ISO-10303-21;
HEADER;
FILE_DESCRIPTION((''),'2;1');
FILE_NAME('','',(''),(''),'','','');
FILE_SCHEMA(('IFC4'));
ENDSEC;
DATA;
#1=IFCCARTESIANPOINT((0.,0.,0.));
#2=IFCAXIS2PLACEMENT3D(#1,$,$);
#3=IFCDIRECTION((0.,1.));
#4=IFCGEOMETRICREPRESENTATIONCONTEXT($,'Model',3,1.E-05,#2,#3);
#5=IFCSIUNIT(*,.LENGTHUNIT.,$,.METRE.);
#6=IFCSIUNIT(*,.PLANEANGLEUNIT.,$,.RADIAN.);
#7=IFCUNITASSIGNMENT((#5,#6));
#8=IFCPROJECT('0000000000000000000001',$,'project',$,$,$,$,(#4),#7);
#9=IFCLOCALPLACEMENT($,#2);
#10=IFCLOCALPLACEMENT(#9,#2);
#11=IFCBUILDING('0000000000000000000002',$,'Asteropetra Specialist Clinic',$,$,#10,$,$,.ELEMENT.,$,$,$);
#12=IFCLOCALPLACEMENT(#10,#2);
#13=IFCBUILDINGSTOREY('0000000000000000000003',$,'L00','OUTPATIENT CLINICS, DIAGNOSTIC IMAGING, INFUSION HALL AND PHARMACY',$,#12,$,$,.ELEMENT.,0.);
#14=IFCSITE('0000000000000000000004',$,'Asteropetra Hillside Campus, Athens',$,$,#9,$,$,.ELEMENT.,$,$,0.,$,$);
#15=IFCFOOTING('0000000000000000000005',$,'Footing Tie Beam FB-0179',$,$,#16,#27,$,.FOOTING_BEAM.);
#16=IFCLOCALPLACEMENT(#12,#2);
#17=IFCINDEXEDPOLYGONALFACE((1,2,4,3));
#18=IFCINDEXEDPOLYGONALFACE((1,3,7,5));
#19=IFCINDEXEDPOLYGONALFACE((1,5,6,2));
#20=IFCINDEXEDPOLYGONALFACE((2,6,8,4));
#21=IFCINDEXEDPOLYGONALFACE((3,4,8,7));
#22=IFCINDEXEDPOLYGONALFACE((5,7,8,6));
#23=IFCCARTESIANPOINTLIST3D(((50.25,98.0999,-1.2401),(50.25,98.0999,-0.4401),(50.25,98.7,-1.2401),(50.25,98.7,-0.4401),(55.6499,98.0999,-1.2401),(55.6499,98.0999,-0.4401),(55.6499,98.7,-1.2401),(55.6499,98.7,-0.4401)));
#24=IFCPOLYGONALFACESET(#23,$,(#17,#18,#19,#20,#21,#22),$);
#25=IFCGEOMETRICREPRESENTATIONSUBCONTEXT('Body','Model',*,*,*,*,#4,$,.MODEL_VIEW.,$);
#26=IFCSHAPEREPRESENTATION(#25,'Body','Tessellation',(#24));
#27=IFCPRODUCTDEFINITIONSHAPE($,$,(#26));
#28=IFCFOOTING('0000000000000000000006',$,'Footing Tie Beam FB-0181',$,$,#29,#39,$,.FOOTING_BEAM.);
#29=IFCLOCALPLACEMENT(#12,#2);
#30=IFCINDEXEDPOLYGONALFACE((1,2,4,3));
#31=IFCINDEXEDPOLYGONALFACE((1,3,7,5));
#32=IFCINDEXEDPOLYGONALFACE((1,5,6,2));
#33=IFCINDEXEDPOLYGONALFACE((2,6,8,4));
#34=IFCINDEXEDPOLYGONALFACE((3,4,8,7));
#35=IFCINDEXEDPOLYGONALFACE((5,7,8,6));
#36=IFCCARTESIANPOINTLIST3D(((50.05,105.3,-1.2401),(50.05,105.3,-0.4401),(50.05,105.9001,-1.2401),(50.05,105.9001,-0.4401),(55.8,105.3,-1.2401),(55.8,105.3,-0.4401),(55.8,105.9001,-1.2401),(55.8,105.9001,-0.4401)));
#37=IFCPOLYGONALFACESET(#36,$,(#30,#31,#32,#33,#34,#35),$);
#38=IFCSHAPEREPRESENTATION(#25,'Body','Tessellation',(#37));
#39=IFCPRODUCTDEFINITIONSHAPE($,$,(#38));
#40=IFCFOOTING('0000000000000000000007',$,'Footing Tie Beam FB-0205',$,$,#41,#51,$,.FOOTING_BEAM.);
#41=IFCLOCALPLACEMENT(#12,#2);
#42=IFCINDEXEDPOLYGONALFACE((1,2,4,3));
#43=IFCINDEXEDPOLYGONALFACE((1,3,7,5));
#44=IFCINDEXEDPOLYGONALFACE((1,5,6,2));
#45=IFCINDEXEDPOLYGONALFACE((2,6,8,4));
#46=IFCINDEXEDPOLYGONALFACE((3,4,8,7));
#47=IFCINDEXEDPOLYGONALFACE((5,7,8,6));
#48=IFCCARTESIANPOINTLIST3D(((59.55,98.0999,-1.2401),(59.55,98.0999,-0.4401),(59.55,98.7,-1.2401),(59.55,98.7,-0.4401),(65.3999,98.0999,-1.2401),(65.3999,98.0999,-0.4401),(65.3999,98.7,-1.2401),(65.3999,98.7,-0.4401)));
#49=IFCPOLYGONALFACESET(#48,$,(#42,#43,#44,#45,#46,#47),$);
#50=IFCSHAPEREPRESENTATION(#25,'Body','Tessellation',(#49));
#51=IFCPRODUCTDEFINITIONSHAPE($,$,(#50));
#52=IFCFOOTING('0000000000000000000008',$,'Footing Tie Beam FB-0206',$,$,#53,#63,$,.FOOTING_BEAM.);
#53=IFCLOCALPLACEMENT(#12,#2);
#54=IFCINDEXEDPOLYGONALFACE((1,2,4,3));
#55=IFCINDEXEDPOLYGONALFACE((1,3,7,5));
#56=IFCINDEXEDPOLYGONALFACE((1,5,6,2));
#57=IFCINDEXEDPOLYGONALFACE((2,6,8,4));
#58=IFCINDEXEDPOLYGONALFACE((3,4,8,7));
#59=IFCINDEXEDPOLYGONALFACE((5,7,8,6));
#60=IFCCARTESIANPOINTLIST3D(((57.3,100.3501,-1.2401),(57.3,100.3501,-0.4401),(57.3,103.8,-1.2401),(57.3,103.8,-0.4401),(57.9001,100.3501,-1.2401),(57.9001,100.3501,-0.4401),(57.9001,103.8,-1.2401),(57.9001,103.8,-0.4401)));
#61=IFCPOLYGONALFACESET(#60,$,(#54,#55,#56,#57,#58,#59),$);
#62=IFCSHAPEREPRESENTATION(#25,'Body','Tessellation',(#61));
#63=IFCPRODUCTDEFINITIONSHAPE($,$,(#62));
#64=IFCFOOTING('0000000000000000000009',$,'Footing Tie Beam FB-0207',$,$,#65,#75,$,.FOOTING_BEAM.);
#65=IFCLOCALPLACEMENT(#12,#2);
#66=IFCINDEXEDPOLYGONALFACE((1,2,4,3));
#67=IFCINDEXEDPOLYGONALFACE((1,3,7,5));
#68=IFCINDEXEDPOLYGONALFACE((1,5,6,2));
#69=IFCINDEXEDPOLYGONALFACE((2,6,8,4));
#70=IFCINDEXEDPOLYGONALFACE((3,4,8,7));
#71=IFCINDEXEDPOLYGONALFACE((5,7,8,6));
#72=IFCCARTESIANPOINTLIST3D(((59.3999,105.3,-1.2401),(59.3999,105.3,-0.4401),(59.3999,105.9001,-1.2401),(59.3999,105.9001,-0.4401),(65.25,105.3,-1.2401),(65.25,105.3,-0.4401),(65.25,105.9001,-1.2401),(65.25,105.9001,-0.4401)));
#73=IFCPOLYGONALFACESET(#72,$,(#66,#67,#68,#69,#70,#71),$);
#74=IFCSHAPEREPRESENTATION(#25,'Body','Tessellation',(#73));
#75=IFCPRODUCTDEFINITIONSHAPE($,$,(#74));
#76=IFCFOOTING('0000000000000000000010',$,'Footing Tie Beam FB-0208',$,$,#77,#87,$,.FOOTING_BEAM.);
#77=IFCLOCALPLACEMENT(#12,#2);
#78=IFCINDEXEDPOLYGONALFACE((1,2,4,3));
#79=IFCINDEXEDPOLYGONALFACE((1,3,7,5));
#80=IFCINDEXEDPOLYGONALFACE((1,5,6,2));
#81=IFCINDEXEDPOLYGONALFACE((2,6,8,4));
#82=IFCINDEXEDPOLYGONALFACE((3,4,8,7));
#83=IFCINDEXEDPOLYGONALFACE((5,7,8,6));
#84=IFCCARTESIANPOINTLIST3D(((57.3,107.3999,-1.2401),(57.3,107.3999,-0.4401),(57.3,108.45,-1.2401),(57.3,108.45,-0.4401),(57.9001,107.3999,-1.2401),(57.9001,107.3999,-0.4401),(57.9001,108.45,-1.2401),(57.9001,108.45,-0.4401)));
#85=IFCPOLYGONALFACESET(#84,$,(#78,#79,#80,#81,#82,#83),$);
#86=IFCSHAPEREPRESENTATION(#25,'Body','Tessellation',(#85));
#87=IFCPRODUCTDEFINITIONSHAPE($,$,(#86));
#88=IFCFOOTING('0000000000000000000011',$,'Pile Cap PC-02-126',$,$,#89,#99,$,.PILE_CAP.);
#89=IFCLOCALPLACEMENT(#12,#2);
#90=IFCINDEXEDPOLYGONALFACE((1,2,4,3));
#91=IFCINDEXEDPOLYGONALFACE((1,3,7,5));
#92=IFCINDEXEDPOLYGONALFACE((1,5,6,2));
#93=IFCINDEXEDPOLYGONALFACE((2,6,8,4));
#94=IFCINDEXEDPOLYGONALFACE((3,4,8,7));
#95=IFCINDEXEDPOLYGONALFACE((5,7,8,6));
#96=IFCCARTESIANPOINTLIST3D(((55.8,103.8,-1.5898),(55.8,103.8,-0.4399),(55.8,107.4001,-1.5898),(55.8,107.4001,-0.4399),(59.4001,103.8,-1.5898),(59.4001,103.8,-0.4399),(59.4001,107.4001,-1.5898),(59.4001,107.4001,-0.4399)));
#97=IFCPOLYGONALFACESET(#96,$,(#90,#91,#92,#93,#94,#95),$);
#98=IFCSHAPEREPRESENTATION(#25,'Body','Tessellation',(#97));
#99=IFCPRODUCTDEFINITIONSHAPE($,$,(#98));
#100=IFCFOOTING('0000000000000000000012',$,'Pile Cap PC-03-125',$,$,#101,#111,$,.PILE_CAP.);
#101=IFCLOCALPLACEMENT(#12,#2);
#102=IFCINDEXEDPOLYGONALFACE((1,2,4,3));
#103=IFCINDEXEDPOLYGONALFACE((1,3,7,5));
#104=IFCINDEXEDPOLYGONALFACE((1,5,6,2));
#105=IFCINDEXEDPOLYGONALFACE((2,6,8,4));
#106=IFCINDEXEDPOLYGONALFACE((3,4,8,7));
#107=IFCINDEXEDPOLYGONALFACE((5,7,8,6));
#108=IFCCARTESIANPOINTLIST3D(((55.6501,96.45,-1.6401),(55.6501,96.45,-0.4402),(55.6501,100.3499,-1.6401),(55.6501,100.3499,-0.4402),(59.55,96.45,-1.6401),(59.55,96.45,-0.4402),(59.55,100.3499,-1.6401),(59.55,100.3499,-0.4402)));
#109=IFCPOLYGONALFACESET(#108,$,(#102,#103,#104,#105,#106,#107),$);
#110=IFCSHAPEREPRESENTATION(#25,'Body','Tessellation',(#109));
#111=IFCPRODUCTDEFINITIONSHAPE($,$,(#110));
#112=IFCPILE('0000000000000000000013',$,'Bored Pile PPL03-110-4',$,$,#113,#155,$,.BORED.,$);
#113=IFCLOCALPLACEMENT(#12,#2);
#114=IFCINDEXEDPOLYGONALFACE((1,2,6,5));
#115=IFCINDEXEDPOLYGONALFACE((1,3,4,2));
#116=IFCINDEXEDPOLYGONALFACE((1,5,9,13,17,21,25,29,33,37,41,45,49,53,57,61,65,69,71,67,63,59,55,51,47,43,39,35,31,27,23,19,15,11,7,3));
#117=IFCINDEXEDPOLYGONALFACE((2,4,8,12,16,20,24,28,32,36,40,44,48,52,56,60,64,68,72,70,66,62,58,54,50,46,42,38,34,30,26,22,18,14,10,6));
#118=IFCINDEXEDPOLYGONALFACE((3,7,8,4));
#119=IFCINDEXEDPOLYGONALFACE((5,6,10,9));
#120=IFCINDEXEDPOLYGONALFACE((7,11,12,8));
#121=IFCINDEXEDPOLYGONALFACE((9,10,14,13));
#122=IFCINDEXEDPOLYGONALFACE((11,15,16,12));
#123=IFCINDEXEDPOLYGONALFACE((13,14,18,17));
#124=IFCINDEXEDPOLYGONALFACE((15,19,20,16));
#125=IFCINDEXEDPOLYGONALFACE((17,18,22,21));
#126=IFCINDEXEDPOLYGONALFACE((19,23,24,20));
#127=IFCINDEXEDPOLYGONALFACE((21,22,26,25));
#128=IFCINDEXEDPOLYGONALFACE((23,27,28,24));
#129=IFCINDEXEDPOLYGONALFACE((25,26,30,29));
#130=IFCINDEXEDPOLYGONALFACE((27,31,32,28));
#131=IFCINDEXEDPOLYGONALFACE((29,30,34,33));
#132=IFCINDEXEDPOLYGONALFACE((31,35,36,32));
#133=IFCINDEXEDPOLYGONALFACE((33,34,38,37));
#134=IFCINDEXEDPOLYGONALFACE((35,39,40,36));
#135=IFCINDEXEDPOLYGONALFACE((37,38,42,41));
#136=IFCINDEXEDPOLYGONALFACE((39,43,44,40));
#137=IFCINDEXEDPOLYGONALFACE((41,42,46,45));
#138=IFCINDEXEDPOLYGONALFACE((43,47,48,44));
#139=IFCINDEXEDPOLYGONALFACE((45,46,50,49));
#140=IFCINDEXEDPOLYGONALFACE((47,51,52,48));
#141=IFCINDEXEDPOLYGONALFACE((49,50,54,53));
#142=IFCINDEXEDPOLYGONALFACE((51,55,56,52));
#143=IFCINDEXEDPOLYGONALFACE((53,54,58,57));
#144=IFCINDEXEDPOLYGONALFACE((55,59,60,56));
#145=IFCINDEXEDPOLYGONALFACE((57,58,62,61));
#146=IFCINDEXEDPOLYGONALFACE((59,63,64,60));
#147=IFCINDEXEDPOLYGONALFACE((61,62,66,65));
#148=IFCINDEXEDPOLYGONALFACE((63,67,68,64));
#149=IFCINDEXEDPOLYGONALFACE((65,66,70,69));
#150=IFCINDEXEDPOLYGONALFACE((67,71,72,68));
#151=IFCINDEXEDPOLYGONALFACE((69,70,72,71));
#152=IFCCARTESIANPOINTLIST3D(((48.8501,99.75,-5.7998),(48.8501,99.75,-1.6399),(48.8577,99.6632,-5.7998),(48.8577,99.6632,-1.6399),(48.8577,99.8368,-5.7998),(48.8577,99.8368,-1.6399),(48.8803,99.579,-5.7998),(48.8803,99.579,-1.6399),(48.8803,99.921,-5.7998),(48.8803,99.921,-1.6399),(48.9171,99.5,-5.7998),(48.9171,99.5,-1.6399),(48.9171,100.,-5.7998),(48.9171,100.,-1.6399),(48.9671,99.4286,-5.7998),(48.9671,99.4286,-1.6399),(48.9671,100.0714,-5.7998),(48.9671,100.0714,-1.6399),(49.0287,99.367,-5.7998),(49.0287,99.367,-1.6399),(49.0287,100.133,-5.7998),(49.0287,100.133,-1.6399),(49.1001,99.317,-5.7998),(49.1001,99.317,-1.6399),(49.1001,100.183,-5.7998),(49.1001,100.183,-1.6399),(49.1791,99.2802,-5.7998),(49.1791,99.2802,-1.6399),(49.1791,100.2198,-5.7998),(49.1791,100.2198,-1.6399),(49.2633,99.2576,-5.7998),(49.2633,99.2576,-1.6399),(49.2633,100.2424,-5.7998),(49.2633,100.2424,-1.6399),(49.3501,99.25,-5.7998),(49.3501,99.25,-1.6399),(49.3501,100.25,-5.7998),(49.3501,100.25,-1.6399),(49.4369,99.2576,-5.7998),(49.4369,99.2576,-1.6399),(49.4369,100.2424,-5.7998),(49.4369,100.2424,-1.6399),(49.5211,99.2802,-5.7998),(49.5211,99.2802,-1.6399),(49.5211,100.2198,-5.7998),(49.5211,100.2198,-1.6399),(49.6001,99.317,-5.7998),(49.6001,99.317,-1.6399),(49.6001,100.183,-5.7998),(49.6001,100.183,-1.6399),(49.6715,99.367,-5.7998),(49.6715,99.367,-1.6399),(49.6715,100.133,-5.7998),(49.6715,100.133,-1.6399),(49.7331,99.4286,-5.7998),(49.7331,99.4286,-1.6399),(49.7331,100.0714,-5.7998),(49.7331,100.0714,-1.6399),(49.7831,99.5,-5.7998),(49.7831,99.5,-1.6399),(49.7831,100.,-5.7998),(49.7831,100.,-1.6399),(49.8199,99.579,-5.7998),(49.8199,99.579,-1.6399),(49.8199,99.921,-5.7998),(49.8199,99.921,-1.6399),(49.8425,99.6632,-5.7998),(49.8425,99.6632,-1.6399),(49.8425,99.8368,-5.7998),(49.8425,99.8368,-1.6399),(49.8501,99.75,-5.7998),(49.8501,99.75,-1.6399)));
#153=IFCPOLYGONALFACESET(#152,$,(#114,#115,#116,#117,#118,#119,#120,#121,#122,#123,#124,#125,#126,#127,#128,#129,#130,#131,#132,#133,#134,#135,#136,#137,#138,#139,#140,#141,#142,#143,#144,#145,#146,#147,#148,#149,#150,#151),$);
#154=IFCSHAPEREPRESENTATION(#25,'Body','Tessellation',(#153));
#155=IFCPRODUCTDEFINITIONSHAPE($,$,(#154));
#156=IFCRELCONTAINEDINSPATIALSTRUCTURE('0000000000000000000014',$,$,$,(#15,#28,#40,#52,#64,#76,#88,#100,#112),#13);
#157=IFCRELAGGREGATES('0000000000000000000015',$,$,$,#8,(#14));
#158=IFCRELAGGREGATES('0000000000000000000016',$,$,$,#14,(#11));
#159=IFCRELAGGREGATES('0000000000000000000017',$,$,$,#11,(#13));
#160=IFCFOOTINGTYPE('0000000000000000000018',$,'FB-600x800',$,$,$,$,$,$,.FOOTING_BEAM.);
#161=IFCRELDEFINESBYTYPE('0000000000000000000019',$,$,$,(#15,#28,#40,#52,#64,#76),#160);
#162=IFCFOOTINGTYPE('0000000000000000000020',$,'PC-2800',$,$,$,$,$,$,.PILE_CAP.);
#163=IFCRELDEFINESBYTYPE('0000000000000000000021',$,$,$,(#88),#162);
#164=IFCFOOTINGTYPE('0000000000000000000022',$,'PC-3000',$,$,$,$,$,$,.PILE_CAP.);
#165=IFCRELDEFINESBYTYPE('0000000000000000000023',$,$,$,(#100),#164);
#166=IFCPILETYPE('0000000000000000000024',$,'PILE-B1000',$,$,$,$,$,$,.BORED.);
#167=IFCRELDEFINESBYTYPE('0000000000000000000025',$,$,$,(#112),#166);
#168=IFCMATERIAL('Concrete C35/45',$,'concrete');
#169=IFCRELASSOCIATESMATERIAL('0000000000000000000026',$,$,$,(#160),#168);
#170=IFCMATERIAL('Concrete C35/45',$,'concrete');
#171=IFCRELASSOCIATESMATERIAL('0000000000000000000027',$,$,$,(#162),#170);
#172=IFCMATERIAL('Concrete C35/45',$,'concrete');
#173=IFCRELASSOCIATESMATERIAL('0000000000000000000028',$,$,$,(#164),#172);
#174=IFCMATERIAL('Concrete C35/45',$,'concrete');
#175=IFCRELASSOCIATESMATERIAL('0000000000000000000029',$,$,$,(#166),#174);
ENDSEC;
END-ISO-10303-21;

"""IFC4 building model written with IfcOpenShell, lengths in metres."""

from ifc_helpers import new_model, si_unit, direction, frame, origin, origin_2d, place, context, subcontext, project, spatial, rectangle, circle, extrude, material, material_profile, profile_set, type_object, element, save


model = new_model("IFC4")

# Units and contexts
model_context = context("Model", 3, precision=1e-05, world=origin(), true_north=direction((0.0, 1.0)))
body_context = subcontext(model_context, "Body", "Model", "MODEL_VIEW")
ifc_project = project(units=[si_unit("LENGTHUNIT", "METRE"), si_unit("PLANEANGLEUNIT", "RADIAN")], contexts=[model_context])

# Site, building, storey
site_placement = place(None, origin())
site = spatial("IfcSite", under=ifc_project, at=site_placement, Name="Asteropetra Hillside Campus, Athens", CompositionType="ELEMENT", RefElevation=0.0)
building_placement = place(site_placement, origin())
building = spatial("IfcBuilding", under=site, at=building_placement, Name="Asteropetra Specialist Clinic", CompositionType="ELEMENT")
storey_placement = place(building_placement, origin())
storey = spatial("IfcBuildingStorey", under=building, at=storey_placement, Name="L00", Description="OUTPATIENT CLINICS, DIAGNOSTIC IMAGING, INFUSION HALL AND PHARMACY", CompositionType="ELEMENT", Elevation=0.0)

# Footings
ifc_material_1 = material(Name="Concrete C35/45", Category="concrete")
ifc_material_profile_1 = material_profile(ifc_material_1, rectangle(XDim=0.6001, YDim=0.8, at=origin_2d()), Name="FB 600x800")
ifc_profile_set_1 = profile_set([ifc_material_profile_1], Name="Concrete C35/45")
footing_type_1 = type_object("IfcFootingType", Name="FB-600x800", PredefinedType="FOOTING_BEAM", material=ifc_profile_set_1)
footing_1_placement = place(storey_placement, frame((50.25, 98.3999, -0.8401), z_axis=(1.0, 0.0, 0.0), x_axis=(0.0, 1.0, 0.0)))
element("IfcFooting", 1, at=footing_1_placement, inside=storey, type_object=footing_type_1, Name="Footing Tie Beam FB-0179", PredefinedType="FOOTING_BEAM", context=body_context, shape_type="SweptSolid", body=[
    extrude(rectangle(XDim=0.6001, YDim=0.8, at=origin_2d()), origin(), (0.0, 0.0, 1.0), 5.3999),
])
footing_2_placement = place(storey_placement, frame((50.05, 105.6001, -0.8401), z_axis=(1.0, 0.0, 0.0), x_axis=(0.0, 1.0, 0.0)))
element("IfcFooting", 2, at=footing_2_placement, inside=storey, type_object=footing_type_1, Name="Footing Tie Beam FB-0181", PredefinedType="FOOTING_BEAM", context=body_context, shape_type="SweptSolid", body=[
    extrude(rectangle(XDim=0.6001, YDim=0.8, at=origin_2d()), origin(), (0.0, 0.0, 1.0), 5.75),
])
footing_3_placement = place(storey_placement, frame((59.55, 98.3999, -0.8401), z_axis=(1.0, 0.0, 0.0), x_axis=(0.0, 1.0, 0.0)))
element("IfcFooting", 3, at=footing_3_placement, inside=storey, type_object=footing_type_1, Name="Footing Tie Beam FB-0205", PredefinedType="FOOTING_BEAM", context=body_context, shape_type="SweptSolid", body=[
    extrude(rectangle(XDim=0.6001, YDim=0.8, at=origin_2d()), origin(), (0.0, 0.0, 1.0), 5.8499),
])
footing_4_placement = place(storey_placement, frame((57.6001, 100.3501, -0.8401), z_axis=(0.0, 1.0, 0.0), x_axis=(-1.0, 0.0, 0.0)))
element("IfcFooting", 4, at=footing_4_placement, inside=storey, type_object=footing_type_1, Name="Footing Tie Beam FB-0206", PredefinedType="FOOTING_BEAM", context=body_context, shape_type="SweptSolid", body=[
    extrude(rectangle(XDim=0.6001, YDim=0.8, at=origin_2d()), origin(), (0.0, 0.0, 1.0), 3.45),
])
footing_5_placement = place(storey_placement, frame((59.3999, 105.6001, -0.8401), z_axis=(1.0, 0.0, 0.0), x_axis=(0.0, 1.0, 0.0)))
element("IfcFooting", 5, at=footing_5_placement, inside=storey, type_object=footing_type_1, Name="Footing Tie Beam FB-0207", PredefinedType="FOOTING_BEAM", context=body_context, shape_type="SweptSolid", body=[
    extrude(rectangle(XDim=0.6001, YDim=0.8, at=origin_2d()), origin(), (0.0, 0.0, 1.0), 5.8501),
])
footing_6_placement = place(storey_placement, frame((57.6001, 107.3999, -0.8401), z_axis=(0.0, 1.0, 0.0), x_axis=(-1.0, 0.0, 0.0)))
element("IfcFooting", 6, at=footing_6_placement, inside=storey, type_object=footing_type_1, Name="Footing Tie Beam FB-0208", PredefinedType="FOOTING_BEAM", context=body_context, shape_type="SweptSolid", body=[
    extrude(rectangle(XDim=0.6001, YDim=0.8, at=origin_2d()), origin(), (0.0, 0.0, 1.0), 1.05),
])
ifc_material_2 = material(Name="Concrete C35/45", Category="concrete")
footing_type_2 = type_object("IfcFootingType", Name="PC-2800", PredefinedType="PILE_CAP", material=ifc_material_2)
footing_7_placement = place(storey_placement, frame((57.6001, 105.6001, -1.5898), z_axis=(0.0, 0.0, 1.0), x_axis=(1.0, 0.0, 0.0)))
element("IfcFooting", 7, at=footing_7_placement, inside=storey, type_object=footing_type_2, Name="Pile Cap PC-02-126", PredefinedType="PILE_CAP", context=body_context, shape_type="SweptSolid", body=[
    extrude(rectangle(XDim=3.6001, YDim=3.6001, at=origin_2d()), origin(), (0.0, 0.0, 1.0), 1.1499),
])
ifc_material_3 = material(Name="Concrete C35/45", Category="concrete")
footing_type_3 = type_object("IfcFootingType", Name="PC-3000", PredefinedType="PILE_CAP", material=ifc_material_3)
footing_8_placement = place(storey_placement, frame((57.6001, 98.3999, -1.6401), z_axis=(0.0, 0.0, 1.0), x_axis=(1.0, 0.0, 0.0)))
element("IfcFooting", 8, at=footing_8_placement, inside=storey, type_object=footing_type_3, Name="Pile Cap PC-03-125", PredefinedType="PILE_CAP", context=body_context, shape_type="SweptSolid", body=[
    extrude(rectangle(XDim=3.8999, YDim=3.8999, at=origin_2d()), origin(), (0.0, 0.0, 1.0), 1.2),
])

# Pile
ifc_material_4 = material(Name="Concrete C35/45", Category="concrete")
ifc_material_profile_2 = material_profile(ifc_material_4, circle(Radius=0.5, at=origin_2d()), Name="PILE D1000")
ifc_profile_set_2 = profile_set([ifc_material_profile_2], Name="Concrete C35/45")
pile_type_1 = type_object("IfcPileType", Name="PILE-B1000", PredefinedType="BORED", material=ifc_profile_set_2)
pile_placement = place(storey_placement, frame((49.3501, 99.75, -1.6399), z_axis=(0.0, 0.0, -1.0), x_axis=(1.0, 0.0, 0.0)))
element("IfcPile", 9, at=pile_placement, inside=storey, type_object=pile_type_1, Name="Bored Pile PPL03-110-4", PredefinedType="BORED", context=body_context, shape_type="SweptSolid", body=[
    extrude(circle(Radius=0.5, at=origin_2d()), origin(), (0.0, 0.0, 1.0), 4.1599),
])

save(model, "model.ifc")
